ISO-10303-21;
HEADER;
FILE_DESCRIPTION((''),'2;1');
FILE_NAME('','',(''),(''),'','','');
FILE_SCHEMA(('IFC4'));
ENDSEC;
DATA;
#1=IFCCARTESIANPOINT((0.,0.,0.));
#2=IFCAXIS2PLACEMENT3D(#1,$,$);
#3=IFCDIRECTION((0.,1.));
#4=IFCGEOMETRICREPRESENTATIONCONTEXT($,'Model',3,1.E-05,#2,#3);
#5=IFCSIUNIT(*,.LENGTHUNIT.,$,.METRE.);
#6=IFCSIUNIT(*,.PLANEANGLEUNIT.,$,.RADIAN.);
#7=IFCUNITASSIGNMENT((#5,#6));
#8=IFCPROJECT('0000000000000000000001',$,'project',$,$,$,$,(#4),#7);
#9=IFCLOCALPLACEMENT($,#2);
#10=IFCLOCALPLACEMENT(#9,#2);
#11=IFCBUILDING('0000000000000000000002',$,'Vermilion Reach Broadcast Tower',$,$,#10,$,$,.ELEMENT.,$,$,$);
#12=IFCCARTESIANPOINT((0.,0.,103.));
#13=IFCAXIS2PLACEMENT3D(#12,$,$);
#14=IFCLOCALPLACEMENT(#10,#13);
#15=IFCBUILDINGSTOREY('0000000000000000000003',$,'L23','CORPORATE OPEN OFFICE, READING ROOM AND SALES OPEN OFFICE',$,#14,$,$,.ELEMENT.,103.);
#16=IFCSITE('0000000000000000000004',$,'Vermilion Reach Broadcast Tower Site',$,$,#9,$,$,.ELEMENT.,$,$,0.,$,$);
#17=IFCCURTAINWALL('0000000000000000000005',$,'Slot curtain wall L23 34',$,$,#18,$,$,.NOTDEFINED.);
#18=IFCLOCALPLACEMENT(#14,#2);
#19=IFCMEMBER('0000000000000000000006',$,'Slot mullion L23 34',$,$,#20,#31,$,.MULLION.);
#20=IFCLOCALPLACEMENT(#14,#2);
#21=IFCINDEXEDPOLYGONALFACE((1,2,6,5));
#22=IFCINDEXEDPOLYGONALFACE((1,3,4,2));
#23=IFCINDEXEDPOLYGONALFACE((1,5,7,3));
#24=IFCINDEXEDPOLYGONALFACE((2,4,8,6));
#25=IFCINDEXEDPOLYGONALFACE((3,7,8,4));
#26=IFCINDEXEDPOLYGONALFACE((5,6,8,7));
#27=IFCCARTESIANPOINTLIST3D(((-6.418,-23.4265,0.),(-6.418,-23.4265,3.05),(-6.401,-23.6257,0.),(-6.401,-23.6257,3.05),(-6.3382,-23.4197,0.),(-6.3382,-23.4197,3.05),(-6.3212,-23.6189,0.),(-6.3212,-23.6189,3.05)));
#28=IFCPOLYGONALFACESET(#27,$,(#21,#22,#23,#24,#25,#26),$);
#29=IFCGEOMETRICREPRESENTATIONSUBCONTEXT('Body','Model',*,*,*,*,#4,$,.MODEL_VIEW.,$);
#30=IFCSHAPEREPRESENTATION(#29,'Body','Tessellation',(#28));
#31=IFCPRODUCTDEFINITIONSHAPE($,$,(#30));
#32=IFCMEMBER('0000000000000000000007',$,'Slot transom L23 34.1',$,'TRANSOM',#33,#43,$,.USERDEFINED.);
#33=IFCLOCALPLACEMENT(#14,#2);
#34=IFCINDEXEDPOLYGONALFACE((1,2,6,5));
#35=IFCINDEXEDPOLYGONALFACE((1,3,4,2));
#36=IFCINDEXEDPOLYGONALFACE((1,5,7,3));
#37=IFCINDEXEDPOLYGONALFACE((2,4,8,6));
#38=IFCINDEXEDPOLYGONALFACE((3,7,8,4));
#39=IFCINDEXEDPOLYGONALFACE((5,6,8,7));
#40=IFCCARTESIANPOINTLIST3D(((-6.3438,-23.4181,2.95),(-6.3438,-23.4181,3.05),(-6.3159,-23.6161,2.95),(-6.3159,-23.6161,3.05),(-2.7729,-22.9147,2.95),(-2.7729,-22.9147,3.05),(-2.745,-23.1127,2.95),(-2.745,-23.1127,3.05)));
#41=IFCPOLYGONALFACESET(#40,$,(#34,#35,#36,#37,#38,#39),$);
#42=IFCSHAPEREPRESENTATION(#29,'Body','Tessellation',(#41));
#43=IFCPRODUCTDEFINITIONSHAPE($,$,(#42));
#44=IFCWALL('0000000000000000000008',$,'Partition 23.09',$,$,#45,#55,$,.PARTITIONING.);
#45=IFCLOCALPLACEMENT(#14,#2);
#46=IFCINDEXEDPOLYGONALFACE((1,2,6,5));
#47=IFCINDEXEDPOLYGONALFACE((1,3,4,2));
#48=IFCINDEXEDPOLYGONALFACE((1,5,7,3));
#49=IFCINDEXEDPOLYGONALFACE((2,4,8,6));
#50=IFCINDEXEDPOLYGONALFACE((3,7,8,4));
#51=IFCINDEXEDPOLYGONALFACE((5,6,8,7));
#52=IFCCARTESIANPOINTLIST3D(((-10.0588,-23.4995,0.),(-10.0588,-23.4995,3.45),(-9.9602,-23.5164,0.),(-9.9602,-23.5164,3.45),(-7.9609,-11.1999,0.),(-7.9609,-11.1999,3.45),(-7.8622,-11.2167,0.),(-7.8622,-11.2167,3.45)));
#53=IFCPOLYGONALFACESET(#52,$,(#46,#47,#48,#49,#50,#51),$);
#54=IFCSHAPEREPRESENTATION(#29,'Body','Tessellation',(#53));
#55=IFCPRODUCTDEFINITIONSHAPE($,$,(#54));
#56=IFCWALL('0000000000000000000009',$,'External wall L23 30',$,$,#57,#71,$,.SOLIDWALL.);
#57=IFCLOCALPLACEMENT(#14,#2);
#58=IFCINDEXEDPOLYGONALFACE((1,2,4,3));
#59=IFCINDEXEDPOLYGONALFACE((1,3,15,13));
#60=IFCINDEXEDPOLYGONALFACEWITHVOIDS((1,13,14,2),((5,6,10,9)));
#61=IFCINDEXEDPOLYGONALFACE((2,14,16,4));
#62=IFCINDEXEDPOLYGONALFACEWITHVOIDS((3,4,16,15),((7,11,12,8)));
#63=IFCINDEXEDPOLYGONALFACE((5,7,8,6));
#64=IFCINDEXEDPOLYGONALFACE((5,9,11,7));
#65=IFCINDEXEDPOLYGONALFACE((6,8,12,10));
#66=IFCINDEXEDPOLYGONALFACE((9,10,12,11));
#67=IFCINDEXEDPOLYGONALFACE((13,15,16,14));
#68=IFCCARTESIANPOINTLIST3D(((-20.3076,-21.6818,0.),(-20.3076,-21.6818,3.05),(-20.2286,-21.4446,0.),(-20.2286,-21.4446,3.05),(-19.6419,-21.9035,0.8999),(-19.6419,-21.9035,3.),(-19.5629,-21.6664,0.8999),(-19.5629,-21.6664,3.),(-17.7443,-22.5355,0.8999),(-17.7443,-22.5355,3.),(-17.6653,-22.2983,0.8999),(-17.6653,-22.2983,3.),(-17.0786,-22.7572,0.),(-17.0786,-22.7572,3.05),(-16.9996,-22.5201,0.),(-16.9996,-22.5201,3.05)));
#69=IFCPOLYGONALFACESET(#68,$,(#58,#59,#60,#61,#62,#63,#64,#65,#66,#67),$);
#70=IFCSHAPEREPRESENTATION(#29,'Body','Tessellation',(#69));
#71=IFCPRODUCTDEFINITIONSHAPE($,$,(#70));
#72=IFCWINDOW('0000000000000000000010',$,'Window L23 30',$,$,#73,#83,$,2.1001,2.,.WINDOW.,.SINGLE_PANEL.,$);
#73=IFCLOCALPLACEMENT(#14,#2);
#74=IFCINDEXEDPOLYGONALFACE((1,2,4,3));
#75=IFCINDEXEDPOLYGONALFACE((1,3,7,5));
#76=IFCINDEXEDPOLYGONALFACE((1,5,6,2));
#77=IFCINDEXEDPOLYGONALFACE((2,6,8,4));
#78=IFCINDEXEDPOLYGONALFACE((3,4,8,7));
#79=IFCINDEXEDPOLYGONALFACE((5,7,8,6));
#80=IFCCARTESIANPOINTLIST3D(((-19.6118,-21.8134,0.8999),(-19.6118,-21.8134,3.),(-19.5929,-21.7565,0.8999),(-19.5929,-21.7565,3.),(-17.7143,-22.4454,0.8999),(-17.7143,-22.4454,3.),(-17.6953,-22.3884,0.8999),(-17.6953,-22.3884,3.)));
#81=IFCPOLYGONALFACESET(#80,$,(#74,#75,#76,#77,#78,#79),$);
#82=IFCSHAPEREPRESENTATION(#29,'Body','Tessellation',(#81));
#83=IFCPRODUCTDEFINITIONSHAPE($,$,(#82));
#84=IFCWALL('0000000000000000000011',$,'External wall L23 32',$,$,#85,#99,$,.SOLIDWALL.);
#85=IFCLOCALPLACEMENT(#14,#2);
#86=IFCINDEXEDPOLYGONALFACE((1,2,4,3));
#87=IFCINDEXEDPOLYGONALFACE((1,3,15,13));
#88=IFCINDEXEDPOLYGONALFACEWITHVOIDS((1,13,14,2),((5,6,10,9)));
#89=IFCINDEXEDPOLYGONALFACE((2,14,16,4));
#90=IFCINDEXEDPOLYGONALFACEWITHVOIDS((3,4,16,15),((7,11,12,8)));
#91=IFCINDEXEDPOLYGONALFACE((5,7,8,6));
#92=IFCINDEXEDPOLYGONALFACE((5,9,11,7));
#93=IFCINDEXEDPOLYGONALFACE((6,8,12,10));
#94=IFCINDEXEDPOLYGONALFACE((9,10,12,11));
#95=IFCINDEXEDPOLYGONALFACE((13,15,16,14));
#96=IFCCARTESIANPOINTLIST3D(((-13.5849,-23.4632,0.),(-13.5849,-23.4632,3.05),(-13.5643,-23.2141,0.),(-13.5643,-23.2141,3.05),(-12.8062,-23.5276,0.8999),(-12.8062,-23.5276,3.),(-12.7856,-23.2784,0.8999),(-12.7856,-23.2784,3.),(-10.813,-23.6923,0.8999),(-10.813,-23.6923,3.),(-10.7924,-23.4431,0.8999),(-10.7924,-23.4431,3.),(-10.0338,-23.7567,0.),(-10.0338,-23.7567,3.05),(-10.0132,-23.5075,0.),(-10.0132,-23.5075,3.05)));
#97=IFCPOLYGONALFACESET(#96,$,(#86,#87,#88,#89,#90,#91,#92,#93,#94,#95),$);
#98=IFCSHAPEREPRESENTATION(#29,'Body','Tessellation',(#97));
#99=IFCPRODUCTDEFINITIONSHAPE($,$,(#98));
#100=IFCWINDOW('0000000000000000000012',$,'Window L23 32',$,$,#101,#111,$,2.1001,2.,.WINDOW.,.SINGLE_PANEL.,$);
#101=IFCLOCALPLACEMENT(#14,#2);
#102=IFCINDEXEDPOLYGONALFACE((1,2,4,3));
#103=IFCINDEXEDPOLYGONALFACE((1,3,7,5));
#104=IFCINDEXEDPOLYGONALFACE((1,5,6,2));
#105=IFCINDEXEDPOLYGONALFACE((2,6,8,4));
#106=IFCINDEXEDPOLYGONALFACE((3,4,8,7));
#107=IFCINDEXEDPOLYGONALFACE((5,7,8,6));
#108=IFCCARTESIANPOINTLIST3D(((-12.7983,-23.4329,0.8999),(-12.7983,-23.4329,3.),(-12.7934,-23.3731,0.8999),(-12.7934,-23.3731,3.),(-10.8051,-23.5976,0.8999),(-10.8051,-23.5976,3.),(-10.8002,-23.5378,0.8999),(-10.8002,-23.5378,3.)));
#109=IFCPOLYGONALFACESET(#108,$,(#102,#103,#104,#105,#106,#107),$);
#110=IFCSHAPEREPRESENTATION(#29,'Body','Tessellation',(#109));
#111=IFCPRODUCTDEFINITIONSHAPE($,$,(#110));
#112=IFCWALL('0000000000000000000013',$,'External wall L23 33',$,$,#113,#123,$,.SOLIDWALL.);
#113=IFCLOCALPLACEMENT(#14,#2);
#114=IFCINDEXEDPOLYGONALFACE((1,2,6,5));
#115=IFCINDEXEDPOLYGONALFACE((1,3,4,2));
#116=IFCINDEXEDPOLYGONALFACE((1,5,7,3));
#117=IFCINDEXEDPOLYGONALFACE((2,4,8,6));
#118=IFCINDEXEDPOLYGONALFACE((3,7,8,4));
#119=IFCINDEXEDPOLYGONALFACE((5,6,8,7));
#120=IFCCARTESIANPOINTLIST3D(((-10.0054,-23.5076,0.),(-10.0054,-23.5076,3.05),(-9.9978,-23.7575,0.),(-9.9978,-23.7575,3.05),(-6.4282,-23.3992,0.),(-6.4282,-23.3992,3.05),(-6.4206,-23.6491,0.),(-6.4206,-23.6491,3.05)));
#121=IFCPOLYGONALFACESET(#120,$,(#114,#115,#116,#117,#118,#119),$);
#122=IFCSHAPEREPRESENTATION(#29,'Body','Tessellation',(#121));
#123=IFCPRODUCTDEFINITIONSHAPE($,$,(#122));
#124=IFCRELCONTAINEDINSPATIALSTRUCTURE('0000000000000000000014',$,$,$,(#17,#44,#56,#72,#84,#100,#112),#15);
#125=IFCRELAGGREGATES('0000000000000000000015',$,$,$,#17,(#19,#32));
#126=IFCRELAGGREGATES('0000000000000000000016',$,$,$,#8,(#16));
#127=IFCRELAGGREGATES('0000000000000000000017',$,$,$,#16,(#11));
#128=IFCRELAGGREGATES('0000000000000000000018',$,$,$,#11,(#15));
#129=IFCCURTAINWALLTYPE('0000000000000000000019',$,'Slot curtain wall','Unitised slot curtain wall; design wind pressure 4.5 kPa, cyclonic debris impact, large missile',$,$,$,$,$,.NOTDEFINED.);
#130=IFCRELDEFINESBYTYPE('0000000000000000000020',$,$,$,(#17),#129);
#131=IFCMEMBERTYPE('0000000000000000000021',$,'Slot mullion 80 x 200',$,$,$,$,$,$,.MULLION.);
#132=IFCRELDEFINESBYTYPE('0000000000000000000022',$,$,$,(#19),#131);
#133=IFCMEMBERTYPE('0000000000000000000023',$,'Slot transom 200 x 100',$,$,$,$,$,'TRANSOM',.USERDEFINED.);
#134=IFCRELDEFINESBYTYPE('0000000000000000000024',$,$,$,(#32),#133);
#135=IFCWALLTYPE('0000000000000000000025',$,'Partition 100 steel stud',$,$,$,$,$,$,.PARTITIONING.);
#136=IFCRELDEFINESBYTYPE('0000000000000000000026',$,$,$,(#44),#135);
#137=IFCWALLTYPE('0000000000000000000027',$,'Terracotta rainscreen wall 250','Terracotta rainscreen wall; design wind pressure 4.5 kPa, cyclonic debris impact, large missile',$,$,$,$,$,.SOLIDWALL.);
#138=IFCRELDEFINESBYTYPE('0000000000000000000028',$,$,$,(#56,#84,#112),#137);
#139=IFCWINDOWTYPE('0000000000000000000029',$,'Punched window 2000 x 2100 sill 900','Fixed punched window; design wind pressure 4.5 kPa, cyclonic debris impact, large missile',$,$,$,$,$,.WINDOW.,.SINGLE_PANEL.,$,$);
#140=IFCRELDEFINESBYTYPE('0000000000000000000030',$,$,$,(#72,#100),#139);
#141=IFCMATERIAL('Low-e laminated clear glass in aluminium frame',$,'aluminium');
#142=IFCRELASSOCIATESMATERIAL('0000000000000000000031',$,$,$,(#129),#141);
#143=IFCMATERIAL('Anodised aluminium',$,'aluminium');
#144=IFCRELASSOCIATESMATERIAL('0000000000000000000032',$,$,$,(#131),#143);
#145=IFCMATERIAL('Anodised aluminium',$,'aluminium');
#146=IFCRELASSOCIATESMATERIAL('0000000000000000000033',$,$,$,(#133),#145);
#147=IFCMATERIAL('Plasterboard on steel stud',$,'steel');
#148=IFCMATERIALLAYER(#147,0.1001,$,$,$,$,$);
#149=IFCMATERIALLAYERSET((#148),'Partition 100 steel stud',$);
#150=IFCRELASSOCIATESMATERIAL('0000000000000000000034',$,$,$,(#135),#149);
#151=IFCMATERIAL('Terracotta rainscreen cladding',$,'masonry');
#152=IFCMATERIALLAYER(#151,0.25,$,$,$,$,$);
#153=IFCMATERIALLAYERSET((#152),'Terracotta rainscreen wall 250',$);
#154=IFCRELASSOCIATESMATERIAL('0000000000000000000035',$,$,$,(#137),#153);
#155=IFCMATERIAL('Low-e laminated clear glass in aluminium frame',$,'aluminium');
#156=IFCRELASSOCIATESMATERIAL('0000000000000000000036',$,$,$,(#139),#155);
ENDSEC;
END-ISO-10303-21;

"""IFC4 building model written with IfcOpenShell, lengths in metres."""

from ifc_helpers import new_model, si_unit, direction, frame, frame_2d, origin, origin_2d, place, context, subcontext, project, spatial, rectangle, extrude, material, layer, layer_set, material_profile, profile_set, type_object, element, fill, aggregate, save


model = new_model("IFC4")

# Units and contexts
model_context = context("Model", 3, precision=1e-05, world=origin(), true_north=direction((0.0, 1.0)))
body_context = subcontext(model_context, "Body", "Model", "MODEL_VIEW")
ifc_project = project(units=[si_unit("LENGTHUNIT", "METRE"), si_unit("PLANEANGLEUNIT", "RADIAN")], contexts=[model_context])

# Site, building, storey
site_placement = place(None, origin())
site = spatial("IfcSite", under=ifc_project, at=site_placement, Name="Vermilion Reach Broadcast Tower Site", CompositionType="ELEMENT", RefElevation=0.0)
building_placement = place(site_placement, origin())
building = spatial("IfcBuilding", under=site, at=building_placement, Name="Vermilion Reach Broadcast Tower", CompositionType="ELEMENT")
storey_placement = place(building_placement, frame((0.0, 0.0, 103.0)))
storey = spatial("IfcBuildingStorey", under=building, at=storey_placement, Name="L23", Description="CORPORATE OPEN OFFICE, READING ROOM AND SALES OPEN OFFICE", CompositionType="ELEMENT", Elevation=103.0)

# Curtain wall, members
ifc_material_1 = material(Name="Low-e laminated clear glass in aluminium frame", Category="aluminium")
curtain_wall_type = type_object("IfcCurtainWallType", Name="Slot curtain wall", Description="Unitised slot curtain wall; design wind pressure 4.5 kPa, cyclonic debris impact, large missile", PredefinedType="NOTDEFINED", material=ifc_material_1)
curtain_wall_placement = place(storey_placement, origin())
curtain_wall = element("IfcCurtainWall", 1, at=curtain_wall_placement, inside=storey, type_object=curtain_wall_type, Name="Slot curtain wall L23 34", PredefinedType="NOTDEFINED")
ifc_material_2 = material(Name="Anodised aluminium", Category="aluminium")
ifc_material_profile_1 = material_profile(ifc_material_2, rectangle(XDim=0.2, YDim=0.0801, at=origin_2d()), Name="Slot mullion 80 x 200")
ifc_profile_set_1 = profile_set([ifc_material_profile_1], Name="Anodised aluminium")
member_type_1 = type_object("IfcMemberType", Name="Slot mullion 80 x 200", PredefinedType="MULLION", material=ifc_profile_set_1)
member_1_placement = place(storey_placement, frame((-6.3696, -23.5227, 0.0), z_axis=(0.0, 0.0, 1.0), x_axis=(-0.085052, 0.996377, 0.0)))
member_1 = element("IfcMember", 2, at=member_1_placement, type_object=member_type_1, Name="Slot mullion L23 34", PredefinedType="MULLION", context=body_context, shape_type="SweptSolid", body=[
    extrude(rectangle(XDim=0.2, YDim=0.0801, at=origin_2d()), origin(), (0.0, 0.0, 1.0), 3.05),
])
ifc_material_3 = material(Name="Anodised aluminium", Category="aluminium")
ifc_material_profile_2 = material_profile(ifc_material_3, rectangle(XDim=0.2, YDim=0.1001, at=origin_2d()), Name="Slot transom 200 x 100")
ifc_profile_set_2 = profile_set([ifc_material_profile_2], Name="Anodised aluminium")
member_type_2 = type_object("IfcMemberType", Name="Slot transom 200 x 100", ElementType="TRANSOM", PredefinedType="USERDEFINED", material=ifc_profile_set_2)
member_2_placement = place(storey_placement, frame((-6.3298, -23.5171, 3.0), z_axis=(0.990208, 0.139601, 0.0), x_axis=(-0.139601, 0.990208, 0.0)))
member_2 = element("IfcMember", 3, at=member_2_placement, type_object=member_type_2, Name="Slot transom L23 34.1", ObjectType="TRANSOM", PredefinedType="USERDEFINED", context=body_context, shape_type="SweptSolid", body=[
    extrude(rectangle(XDim=0.2, YDim=0.1001, at=origin_2d()), origin(), (0.0, 0.0, 1.0), 3.6062),
])
aggregate(curtain_wall, [member_1, member_2])

# Wall
ifc_material_4 = material(Name="Plasterboard on steel stud", Category="steel")
ifc_layer_1 = layer(ifc_material_4, 0.1001)
ifc_layer_set_1 = layer_set([ifc_layer_1], Name="Partition 100 steel stud")
wall_type_1 = type_object("IfcWallType", Name="Partition 100 steel stud", PredefinedType="PARTITIONING", material=ifc_layer_set_1)
wall_1_placement = place(storey_placement, frame((-10.0095, -23.5081, 0.0), z_axis=(0.0, 0.0, 1.0), x_axis=(0.168139, 0.985763, 0.0)))
element("IfcWall", 4, at=wall_1_placement, inside=storey, type_object=wall_type_1, Name="Partition 23.09", PredefinedType="PARTITIONING", context=body_context, shape_type="SweptSolid", body=[
    extrude(rectangle(XDim=12.4773, YDim=0.1001, at=frame_2d((6.2388, 0.0))), origin(), (0.0, 0.0, 1.0), 3.45),
])

# Wall, opening, window
ifc_material_5 = material(Name="Terracotta rainscreen cladding", Category="masonry")
ifc_layer_2 = layer(ifc_material_5, 0.25)
ifc_layer_set_2 = layer_set([ifc_layer_2], Name="Terracotta rainscreen wall 250")
wall_type_2 = type_object("IfcWallType", Name="Terracotta rainscreen wall 250", Description="Terracotta rainscreen wall; design wind pressure 4.5 kPa, cyclonic debris impact, large missile", PredefinedType="SOLIDWALL", material=ifc_layer_set_2)
wall_2_placement = place(storey_placement, frame((-20.2681, -21.5632, 0.0), z_axis=(0.0, 0.0, 1.0), x_axis=(0.948762, -0.315991, 0.0)))
wall_2 = element("IfcWall", 5, at=wall_2_placement, inside=storey, type_object=wall_type_2, Name="External wall L23 30", PredefinedType="SOLIDWALL", context=body_context, shape_type="SweptSolid", body=[
    extrude(rectangle(XDim=3.4033, YDim=0.25, at=frame_2d((1.7017, 0.0))), origin(), (0.0, 0.0, 1.0), 3.05),
])
opening_1_placement = place(wall_2_placement, frame((0.7017, 0.0, 0.8999)))
opening_1 = element("IfcOpeningElement", 6, at=opening_1_placement, cuts=wall_2, PredefinedType="OPENING", context=body_context, shape_type="SweptSolid", body=[
    extrude(rectangle(XDim=2.0, YDim=2.1001, at=frame_2d((1.0, 1.05))), frame((0.0, 0.135, 0.0), z_axis=(0.0, -1.0, 0.0), x_axis=(1.0, 0.0, 0.0)), (0.0, 0.0, 1.0), 0.27),
])
ifc_material_6 = material(Name="Low-e laminated clear glass in aluminium frame", Category="aluminium")
window_type = type_object("IfcWindowType", Name="Punched window 2000 x 2100 sill 900", Description="Fixed punched window; design wind pressure 4.5 kPa, cyclonic debris impact, large missile", PartitioningType="SINGLE_PANEL", PredefinedType="WINDOW", material=ifc_material_6)
window_1_placement = place(opening_1_placement, origin())
window_1 = element("IfcWindow", 7, at=window_1_placement, inside=storey, type_object=window_type, Name="Window L23 30", OverallHeight=2.1001, OverallWidth=2.0, PartitioningType="SINGLE_PANEL", PredefinedType="WINDOW", context=body_context, shape_type="SweptSolid", body=[
    extrude(rectangle(XDim=2.0, YDim=2.1001, at=frame_2d((1.0, 1.05))), frame((0.0, 0.03, 0.0), z_axis=(0.0, -1.0, 0.0), x_axis=(1.0, 0.0, 0.0)), (0.0, 0.0, 1.0), 0.0601),
])
fill(opening_1, window_1)

# Wall, opening, window
wall_3_placement = place(storey_placement, frame((-13.5747, -23.3386, 0.0), z_axis=(0.0, 0.0, 1.0), x_axis=(0.996603, -0.082359, 0.0)))
wall_3 = element("IfcWall", 8, at=wall_3_placement, inside=storey, type_object=wall_type_2, Name="External wall L23 32", PredefinedType="SOLIDWALL", context=body_context, shape_type="SweptSolid", body=[
    extrude(rectangle(XDim=3.5632, YDim=0.25, at=frame_2d((1.7817, 0.0))), origin(), (0.0, 0.0, 1.0), 3.05),
])
opening_2_placement = place(wall_3_placement, frame((0.7815, 0.0, 0.8999)))
opening_2 = element("IfcOpeningElement", 9, at=opening_2_placement, cuts=wall_3, PredefinedType="OPENING", context=body_context, shape_type="SweptSolid", body=[
    extrude(rectangle(XDim=2.0, YDim=2.1001, at=frame_2d((1.0, 1.05))), frame((0.0, 0.135, 0.0), z_axis=(0.0, -1.0, 0.0), x_axis=(1.0, 0.0, 0.0)), (0.0, 0.0, 1.0), 0.27),
])
window_2_placement = place(opening_2_placement, origin())
window_2 = element("IfcWindow", 10, at=window_2_placement, inside=storey, type_object=window_type, Name="Window L23 32", OverallHeight=2.1001, OverallWidth=2.0, PartitioningType="SINGLE_PANEL", PredefinedType="WINDOW", context=body_context, shape_type="SweptSolid", body=[
    extrude(rectangle(XDim=2.0, YDim=2.1001, at=frame_2d((1.0, 1.05))), frame((0.0, 0.03, 0.0), z_axis=(0.0, -1.0, 0.0), x_axis=(1.0, 0.0, 0.0)), (0.0, 0.0, 1.0), 0.0601),
])
fill(opening_2, window_2)

# Wall
wall_4_placement = place(storey_placement, frame((-10.0017, -23.6326, 0.0), z_axis=(0.0, 0.0, 1.0), x_axis=(0.999541, 0.030289, 0.0)))
element("IfcWall", 11, at=wall_4_placement, inside=storey, type_object=wall_type_2, Name="External wall L23 33", PredefinedType="SOLIDWALL", context=body_context, shape_type="SweptSolid", body=[
    extrude(rectangle(XDim=3.5789, YDim=0.25, at=frame_2d((1.7896, 0.0))), origin(), (0.0, 0.0, 1.0), 3.05),
])

save(model, "model.ifc")
